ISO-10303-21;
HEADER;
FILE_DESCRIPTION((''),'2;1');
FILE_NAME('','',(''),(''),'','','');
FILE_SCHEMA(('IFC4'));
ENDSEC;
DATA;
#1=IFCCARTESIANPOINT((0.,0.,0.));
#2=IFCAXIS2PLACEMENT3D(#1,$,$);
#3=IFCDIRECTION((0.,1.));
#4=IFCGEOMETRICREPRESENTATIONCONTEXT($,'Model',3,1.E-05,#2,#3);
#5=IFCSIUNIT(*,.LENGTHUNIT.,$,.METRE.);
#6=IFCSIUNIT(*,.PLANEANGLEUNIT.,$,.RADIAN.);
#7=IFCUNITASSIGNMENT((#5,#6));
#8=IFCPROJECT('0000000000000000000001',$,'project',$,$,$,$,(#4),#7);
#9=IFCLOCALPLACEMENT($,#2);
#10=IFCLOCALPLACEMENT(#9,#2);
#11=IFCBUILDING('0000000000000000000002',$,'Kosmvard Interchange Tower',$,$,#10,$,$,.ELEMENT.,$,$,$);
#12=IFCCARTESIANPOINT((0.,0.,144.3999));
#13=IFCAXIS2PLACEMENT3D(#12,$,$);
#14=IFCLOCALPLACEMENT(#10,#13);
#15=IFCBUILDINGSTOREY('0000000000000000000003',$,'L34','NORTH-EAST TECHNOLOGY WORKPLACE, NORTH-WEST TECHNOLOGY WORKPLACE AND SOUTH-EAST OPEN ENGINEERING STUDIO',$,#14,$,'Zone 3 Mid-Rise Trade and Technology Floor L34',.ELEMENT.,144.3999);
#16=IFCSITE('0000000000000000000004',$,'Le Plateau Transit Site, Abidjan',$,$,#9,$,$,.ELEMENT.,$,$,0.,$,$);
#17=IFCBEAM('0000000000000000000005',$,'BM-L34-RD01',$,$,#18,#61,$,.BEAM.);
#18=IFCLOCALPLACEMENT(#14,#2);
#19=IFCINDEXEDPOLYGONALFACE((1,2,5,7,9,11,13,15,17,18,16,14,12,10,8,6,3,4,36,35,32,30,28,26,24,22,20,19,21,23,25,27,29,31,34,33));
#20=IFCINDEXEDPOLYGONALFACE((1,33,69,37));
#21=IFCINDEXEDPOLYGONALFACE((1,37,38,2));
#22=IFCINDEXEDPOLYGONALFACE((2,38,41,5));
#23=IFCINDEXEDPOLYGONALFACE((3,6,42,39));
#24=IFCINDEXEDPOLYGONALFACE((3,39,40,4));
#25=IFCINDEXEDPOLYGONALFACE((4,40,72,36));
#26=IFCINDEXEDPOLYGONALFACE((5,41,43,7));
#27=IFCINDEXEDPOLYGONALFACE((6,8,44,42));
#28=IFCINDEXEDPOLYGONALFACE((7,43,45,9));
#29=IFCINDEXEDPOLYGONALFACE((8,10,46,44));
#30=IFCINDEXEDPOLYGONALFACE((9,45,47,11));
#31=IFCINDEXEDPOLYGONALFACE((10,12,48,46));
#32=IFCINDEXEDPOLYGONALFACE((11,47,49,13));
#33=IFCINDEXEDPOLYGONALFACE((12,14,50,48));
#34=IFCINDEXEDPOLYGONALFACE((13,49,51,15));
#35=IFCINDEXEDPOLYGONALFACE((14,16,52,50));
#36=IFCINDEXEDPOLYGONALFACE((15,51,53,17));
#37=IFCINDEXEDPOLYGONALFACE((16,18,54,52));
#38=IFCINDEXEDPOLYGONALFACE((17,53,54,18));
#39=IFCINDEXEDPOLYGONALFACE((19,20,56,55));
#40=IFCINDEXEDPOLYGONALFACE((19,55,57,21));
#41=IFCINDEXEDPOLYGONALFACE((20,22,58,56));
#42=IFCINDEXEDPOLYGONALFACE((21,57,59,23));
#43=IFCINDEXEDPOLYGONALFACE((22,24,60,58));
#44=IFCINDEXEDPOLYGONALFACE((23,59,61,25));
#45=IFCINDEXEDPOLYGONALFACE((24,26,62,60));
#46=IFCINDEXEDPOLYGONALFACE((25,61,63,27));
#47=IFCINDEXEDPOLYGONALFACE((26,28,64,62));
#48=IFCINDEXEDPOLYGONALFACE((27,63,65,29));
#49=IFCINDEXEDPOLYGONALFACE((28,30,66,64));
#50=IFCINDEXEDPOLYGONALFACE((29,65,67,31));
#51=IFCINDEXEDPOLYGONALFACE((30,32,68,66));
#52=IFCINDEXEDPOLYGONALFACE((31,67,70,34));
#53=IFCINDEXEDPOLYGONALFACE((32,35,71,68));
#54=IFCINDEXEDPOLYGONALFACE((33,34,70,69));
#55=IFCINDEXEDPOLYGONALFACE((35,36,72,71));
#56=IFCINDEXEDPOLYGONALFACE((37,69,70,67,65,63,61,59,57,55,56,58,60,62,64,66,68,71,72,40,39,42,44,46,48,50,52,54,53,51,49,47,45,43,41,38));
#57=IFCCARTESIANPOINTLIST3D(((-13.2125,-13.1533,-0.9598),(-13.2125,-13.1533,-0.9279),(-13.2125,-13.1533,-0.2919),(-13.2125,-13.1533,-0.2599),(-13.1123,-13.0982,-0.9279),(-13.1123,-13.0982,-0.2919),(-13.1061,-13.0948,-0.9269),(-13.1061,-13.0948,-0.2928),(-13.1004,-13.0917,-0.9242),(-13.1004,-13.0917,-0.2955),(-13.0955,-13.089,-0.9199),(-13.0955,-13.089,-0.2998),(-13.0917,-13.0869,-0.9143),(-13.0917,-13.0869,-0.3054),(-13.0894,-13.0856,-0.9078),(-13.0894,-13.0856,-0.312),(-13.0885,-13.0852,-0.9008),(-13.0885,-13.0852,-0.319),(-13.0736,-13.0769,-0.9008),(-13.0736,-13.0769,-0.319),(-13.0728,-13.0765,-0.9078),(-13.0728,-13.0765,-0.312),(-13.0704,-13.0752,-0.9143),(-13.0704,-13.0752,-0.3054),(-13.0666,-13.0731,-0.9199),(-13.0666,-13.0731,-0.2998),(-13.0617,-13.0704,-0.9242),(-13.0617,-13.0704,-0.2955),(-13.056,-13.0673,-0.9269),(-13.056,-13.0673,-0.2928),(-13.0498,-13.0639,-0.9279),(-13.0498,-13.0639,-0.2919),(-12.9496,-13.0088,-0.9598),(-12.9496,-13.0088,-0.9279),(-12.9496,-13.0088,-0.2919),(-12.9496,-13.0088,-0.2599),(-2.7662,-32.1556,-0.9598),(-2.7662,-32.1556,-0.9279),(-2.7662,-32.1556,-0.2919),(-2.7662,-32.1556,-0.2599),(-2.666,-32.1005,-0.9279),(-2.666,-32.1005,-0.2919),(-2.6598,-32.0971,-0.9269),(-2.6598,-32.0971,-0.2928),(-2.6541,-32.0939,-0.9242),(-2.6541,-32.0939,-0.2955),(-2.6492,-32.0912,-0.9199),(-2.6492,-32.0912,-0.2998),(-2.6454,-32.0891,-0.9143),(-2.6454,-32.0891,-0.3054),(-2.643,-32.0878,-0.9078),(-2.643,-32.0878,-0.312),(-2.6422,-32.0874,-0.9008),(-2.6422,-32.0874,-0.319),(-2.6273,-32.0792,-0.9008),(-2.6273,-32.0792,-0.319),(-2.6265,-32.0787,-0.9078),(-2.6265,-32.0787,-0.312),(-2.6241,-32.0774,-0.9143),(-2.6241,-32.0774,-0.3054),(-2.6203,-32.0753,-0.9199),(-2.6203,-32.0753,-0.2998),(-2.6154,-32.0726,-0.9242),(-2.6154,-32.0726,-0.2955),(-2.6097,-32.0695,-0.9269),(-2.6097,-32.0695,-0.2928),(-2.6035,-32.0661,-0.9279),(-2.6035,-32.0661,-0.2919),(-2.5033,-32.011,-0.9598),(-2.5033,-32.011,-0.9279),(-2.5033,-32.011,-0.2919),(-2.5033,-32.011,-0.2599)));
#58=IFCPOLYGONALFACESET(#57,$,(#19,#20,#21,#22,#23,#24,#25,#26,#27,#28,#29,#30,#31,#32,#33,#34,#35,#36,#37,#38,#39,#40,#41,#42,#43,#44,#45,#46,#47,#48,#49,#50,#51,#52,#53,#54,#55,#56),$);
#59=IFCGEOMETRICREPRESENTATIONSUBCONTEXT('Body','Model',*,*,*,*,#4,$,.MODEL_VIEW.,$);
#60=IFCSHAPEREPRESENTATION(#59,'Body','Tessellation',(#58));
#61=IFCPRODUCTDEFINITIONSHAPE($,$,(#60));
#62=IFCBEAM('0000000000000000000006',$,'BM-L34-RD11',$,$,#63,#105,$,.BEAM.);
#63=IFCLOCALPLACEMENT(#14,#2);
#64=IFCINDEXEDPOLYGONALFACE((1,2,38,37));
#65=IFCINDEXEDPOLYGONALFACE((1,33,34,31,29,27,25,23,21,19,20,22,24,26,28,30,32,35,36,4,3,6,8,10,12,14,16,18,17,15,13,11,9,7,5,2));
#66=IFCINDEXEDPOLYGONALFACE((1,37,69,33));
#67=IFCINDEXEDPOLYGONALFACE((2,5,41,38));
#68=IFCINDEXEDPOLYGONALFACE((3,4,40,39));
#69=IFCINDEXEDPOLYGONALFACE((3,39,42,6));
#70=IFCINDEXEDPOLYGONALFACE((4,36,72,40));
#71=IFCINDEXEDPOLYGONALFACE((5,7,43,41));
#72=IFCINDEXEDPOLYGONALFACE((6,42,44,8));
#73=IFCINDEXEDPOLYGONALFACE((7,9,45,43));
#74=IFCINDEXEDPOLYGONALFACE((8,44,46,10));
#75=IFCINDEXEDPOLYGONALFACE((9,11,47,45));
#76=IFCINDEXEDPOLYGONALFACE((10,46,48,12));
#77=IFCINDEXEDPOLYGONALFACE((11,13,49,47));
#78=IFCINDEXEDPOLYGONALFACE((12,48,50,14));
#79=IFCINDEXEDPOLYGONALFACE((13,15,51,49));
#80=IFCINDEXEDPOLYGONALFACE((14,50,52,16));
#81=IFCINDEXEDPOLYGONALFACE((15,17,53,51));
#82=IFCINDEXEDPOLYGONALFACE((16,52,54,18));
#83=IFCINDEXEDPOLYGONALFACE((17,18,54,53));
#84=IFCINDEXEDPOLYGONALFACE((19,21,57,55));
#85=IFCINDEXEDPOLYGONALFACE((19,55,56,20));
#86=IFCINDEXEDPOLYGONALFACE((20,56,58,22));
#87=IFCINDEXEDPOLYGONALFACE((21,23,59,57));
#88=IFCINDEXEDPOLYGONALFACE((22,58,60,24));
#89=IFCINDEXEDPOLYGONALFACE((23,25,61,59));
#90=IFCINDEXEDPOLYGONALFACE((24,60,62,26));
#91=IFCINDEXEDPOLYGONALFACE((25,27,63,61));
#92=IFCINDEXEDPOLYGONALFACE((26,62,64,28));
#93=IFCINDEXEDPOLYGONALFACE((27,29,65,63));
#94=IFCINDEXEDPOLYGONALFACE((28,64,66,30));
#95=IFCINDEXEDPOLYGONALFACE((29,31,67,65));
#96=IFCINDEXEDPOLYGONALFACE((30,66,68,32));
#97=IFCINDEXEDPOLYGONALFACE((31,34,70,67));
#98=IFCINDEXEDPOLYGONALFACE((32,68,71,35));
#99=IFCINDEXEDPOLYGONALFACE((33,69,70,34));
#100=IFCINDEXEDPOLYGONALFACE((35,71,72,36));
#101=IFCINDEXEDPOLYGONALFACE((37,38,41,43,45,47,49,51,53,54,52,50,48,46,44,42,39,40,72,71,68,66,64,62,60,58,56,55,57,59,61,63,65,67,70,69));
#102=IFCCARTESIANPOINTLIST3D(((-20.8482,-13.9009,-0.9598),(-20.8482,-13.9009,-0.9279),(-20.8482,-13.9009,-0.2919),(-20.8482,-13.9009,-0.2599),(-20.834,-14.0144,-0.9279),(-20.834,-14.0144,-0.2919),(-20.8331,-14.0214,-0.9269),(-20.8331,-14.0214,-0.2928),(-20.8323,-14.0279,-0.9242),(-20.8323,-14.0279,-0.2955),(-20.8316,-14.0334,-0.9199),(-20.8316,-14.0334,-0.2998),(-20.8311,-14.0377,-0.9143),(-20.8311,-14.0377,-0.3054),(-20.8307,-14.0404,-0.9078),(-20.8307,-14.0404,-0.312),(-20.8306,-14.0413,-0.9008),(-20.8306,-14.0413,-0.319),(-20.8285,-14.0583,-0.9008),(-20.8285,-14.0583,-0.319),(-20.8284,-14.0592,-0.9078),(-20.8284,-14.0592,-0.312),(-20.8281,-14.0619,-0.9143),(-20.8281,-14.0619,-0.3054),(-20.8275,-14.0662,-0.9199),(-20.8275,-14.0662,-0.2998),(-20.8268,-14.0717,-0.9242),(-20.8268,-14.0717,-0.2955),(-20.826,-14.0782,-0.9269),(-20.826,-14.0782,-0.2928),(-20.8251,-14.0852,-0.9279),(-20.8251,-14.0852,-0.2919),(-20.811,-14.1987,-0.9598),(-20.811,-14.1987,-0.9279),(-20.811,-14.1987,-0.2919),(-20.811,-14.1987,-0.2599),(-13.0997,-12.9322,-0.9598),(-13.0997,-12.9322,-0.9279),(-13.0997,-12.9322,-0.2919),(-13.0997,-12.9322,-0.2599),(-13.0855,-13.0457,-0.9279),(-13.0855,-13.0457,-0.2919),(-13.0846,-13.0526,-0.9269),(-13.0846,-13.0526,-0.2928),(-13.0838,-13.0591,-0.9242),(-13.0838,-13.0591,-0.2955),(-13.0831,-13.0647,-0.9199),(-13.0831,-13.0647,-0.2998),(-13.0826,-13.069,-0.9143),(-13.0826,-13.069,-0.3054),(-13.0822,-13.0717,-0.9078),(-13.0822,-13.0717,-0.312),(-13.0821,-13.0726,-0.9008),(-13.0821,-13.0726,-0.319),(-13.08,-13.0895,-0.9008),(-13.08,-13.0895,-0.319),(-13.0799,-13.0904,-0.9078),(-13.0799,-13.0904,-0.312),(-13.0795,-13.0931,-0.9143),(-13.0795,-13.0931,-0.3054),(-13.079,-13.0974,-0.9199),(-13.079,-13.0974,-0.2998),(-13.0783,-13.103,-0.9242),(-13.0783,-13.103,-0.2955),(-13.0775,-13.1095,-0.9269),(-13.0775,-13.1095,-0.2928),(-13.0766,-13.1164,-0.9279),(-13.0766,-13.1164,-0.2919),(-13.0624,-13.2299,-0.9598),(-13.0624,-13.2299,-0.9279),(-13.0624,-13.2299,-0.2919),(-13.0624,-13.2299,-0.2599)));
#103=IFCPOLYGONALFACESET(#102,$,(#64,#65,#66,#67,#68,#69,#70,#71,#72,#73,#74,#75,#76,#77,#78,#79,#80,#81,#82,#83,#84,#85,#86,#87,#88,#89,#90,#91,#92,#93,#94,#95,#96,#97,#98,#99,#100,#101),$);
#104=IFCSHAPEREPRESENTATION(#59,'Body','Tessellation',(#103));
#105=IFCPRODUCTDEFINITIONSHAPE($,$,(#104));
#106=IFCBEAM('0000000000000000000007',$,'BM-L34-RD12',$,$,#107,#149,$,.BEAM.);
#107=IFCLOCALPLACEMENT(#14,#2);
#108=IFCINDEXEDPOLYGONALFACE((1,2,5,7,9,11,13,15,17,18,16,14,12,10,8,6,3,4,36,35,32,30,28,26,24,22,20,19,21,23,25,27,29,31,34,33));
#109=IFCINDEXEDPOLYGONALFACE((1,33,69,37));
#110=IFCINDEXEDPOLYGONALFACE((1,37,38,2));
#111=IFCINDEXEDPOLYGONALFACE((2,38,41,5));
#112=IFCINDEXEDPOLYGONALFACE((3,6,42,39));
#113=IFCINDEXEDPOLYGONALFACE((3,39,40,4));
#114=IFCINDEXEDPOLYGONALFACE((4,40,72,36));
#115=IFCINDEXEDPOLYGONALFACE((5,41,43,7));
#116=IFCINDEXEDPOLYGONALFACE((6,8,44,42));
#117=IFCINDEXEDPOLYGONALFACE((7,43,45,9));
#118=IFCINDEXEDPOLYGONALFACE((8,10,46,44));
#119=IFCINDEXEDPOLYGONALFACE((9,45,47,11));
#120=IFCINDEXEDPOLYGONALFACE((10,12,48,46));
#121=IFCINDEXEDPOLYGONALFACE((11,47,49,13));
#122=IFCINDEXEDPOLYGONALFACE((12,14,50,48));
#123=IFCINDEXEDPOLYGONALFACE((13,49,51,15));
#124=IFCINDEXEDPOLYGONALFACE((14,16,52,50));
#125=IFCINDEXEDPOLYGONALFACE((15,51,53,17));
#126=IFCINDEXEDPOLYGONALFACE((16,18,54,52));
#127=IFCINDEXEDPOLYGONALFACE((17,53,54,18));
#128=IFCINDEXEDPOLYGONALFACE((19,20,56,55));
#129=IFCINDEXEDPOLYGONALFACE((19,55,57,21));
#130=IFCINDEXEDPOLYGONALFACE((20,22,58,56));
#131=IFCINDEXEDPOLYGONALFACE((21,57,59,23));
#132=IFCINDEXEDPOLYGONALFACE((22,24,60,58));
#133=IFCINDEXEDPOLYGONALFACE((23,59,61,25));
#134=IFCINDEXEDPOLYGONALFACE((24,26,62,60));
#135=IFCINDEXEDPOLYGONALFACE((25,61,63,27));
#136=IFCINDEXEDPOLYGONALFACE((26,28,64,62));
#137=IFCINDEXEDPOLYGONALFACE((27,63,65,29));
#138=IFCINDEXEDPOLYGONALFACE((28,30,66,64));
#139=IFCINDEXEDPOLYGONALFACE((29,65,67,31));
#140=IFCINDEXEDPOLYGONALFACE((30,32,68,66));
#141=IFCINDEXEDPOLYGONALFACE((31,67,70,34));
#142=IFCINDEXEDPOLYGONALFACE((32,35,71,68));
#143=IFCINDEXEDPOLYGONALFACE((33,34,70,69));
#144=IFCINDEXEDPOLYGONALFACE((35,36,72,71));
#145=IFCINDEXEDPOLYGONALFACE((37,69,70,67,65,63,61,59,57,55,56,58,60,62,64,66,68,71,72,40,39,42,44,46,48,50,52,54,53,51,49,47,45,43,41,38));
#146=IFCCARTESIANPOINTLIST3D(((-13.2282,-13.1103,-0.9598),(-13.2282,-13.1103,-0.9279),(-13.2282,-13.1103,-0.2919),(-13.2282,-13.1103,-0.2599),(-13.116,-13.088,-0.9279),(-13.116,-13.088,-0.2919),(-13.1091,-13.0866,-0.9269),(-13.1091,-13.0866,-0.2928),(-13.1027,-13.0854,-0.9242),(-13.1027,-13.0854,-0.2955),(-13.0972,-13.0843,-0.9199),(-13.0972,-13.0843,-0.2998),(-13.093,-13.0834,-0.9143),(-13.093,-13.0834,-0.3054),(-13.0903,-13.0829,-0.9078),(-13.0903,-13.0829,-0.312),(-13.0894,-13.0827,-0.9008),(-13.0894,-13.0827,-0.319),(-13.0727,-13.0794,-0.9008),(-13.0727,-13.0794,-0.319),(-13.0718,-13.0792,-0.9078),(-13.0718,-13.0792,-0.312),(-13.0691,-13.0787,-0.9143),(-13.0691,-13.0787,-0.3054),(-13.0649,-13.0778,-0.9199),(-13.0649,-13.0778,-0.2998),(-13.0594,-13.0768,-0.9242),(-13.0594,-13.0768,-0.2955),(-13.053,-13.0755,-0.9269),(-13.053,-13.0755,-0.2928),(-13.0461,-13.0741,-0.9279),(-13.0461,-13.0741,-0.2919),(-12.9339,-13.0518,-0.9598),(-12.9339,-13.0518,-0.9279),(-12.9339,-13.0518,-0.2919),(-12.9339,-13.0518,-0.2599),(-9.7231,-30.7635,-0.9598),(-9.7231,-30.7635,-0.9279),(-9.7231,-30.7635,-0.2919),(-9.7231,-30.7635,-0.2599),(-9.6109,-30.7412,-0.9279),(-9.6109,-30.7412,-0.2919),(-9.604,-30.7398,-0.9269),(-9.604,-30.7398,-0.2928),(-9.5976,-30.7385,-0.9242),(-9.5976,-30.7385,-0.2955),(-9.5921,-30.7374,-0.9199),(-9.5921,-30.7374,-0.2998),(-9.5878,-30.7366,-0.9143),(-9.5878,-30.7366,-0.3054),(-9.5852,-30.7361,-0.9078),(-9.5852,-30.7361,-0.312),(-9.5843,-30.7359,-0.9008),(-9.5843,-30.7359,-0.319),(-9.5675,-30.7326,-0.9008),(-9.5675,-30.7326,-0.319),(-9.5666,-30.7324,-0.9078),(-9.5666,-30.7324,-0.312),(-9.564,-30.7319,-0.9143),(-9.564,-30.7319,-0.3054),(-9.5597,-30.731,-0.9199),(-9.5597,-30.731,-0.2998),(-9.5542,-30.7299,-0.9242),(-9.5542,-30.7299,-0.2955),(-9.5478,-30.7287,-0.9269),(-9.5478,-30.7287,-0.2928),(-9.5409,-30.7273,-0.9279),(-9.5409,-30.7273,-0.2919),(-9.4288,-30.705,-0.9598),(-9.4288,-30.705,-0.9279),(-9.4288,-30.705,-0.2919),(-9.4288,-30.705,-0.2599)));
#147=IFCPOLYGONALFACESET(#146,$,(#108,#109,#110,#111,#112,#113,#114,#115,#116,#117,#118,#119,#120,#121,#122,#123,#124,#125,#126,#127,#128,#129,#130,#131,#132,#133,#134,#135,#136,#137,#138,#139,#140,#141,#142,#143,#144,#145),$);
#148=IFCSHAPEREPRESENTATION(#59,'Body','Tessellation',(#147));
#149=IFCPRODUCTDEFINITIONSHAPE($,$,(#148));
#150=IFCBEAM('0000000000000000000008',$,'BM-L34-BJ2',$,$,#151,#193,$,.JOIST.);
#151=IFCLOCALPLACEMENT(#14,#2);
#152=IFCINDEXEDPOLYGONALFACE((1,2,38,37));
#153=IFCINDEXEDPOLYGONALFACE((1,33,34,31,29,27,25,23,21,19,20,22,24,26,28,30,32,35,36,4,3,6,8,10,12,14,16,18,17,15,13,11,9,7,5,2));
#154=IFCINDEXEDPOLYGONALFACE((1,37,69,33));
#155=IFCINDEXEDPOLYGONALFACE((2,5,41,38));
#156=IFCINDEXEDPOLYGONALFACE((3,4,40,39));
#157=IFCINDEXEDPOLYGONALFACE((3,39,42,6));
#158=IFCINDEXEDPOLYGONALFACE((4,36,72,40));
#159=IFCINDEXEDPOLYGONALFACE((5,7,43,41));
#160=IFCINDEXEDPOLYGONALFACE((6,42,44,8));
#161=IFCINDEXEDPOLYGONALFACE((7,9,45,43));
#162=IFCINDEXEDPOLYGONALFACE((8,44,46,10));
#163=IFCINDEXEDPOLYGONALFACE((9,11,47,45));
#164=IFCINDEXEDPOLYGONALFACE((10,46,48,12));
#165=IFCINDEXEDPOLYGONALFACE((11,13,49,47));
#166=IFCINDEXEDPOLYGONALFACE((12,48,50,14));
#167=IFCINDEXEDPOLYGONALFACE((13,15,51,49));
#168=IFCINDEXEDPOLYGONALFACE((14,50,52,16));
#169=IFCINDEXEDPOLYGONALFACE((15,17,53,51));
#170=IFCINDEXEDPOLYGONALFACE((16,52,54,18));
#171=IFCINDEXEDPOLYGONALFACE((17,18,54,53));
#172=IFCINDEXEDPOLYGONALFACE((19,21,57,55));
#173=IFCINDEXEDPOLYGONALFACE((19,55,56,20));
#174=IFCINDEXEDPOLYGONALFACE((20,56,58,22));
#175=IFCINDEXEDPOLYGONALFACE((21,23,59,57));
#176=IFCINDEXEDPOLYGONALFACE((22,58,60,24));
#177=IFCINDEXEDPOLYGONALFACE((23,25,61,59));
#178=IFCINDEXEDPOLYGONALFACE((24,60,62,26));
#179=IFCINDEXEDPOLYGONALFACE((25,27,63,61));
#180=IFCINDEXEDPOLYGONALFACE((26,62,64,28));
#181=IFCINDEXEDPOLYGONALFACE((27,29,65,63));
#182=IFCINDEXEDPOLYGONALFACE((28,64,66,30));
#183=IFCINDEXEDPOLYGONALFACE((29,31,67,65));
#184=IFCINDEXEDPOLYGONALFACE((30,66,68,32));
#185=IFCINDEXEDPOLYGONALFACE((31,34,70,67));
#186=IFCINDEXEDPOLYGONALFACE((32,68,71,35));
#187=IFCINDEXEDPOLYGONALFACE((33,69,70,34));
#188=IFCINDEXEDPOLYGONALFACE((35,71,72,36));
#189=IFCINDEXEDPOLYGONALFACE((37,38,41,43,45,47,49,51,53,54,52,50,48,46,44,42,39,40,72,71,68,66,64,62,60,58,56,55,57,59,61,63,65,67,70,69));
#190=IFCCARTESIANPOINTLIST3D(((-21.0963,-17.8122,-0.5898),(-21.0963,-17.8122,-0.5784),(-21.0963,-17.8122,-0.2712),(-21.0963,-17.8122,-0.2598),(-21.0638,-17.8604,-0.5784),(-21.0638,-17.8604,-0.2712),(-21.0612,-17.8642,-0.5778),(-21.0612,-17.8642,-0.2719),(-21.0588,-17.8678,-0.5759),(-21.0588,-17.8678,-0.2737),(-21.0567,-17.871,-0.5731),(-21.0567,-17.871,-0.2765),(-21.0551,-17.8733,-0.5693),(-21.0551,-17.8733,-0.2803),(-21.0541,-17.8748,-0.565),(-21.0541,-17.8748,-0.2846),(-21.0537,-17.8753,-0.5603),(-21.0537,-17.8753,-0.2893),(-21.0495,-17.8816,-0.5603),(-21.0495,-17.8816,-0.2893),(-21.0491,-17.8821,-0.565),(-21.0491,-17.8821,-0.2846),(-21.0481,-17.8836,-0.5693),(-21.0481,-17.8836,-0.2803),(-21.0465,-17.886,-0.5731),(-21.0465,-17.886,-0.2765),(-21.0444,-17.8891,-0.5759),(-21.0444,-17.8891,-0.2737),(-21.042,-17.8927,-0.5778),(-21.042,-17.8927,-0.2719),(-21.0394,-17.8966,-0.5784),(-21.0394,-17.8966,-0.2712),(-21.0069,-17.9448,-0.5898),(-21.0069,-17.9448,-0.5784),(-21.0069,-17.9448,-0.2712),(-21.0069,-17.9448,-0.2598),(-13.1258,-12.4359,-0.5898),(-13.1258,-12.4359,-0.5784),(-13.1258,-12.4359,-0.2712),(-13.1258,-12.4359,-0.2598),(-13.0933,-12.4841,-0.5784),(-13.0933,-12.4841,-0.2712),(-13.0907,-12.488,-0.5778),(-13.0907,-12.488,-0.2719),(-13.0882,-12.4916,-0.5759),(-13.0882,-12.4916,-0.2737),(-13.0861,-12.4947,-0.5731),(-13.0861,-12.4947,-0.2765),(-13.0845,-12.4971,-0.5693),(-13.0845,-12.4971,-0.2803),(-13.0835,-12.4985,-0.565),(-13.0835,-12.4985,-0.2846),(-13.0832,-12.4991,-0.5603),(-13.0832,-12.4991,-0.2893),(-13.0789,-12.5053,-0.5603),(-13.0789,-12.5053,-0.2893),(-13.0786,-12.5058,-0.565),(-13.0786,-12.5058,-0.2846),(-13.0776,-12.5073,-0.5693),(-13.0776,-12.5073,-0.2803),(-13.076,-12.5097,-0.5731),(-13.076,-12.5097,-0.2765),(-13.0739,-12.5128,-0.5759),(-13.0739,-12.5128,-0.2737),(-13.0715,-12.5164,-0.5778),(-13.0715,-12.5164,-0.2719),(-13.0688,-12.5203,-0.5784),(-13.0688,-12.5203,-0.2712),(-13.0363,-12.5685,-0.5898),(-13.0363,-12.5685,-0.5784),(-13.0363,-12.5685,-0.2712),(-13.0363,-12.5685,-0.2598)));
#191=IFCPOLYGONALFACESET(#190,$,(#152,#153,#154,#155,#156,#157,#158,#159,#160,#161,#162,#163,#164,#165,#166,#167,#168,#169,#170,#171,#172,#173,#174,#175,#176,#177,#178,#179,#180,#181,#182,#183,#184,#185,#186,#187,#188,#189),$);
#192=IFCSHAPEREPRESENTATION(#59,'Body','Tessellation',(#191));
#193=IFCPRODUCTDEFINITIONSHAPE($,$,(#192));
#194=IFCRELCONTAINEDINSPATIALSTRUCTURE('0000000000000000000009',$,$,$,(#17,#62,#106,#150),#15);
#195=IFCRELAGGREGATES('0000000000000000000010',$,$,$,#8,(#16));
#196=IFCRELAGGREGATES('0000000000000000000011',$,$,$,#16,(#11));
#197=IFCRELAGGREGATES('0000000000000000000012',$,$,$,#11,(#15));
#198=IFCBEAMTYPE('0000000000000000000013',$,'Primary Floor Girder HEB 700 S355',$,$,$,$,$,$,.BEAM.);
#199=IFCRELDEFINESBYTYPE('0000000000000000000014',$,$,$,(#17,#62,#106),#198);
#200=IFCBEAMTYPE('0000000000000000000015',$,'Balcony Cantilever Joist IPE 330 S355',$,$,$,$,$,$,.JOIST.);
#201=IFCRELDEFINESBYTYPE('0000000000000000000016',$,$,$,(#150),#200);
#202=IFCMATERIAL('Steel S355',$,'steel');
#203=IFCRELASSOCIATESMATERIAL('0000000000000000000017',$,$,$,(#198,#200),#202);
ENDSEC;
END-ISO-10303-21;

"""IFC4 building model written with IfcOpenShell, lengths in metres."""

from ifc_helpers import new_model, si_unit, direction, frame, origin, origin_2d, place, context, subcontext, project, spatial, i_section, extrude, source, transform, mapped, material, material_profile, profile_set, type_object, element, save


model = new_model("IFC4")

# Units and contexts
model_context = context("Model", 3, precision=1e-05, world=origin(), true_north=direction((0.0, 1.0)))
body_context = subcontext(model_context, "Body", "Model", "MODEL_VIEW")
ifc_project = project(units=[si_unit("LENGTHUNIT", "METRE"), si_unit("PLANEANGLEUNIT", "RADIAN")], contexts=[model_context])

# Site, building, storey
site_placement = place(None, origin())
site = spatial("IfcSite", under=ifc_project, at=site_placement, Name="Le Plateau Transit Site, Abidjan", CompositionType="ELEMENT", RefElevation=0.0)
building_placement = place(site_placement, origin())
building = spatial("IfcBuilding", under=site, at=building_placement, Name="Kosmvard Interchange Tower", CompositionType="ELEMENT")
storey_placement = place(building_placement, frame((0.0, 0.0, 144.3999)))
storey = spatial("IfcBuildingStorey", under=building, at=storey_placement, Name="L34", Description="NORTH-EAST TECHNOLOGY WORKPLACE, NORTH-WEST TECHNOLOGY WORKPLACE AND SOUTH-EAST OPEN ENGINEERING STUDIO", LongName="Zone 3 Mid-Rise Trade and Technology Floor L34", CompositionType="ELEMENT", Elevation=144.3999)

# Beams
ifc_material_1 = material(Name="Steel S355", Category="steel")
ifc_material_profile_1 = material_profile(ifc_material_1, i_section(OverallWidth=0.3, OverallDepth=0.7, WebThickness=0.0171, FlangeThickness=0.032, FilletRadius=0.0271, at=origin_2d()), Name="HEB 700")
ifc_profile_set_1 = profile_set([ifc_material_profile_1], Name="Steel S355")
beam_type_1 = type_object("IfcBeamType", Name="Primary Floor Girder HEB 700 S355", PredefinedType="BEAM", material=ifc_profile_set_1)
shared_shape_1 = source(origin(), body_context, "Body", "SweptSolid", [
    extrude(i_section(OverallWidth=0.3, OverallDepth=0.7, WebThickness=0.0171, FlangeThickness=0.032, FilletRadius=0.0271, at=origin_2d()), origin(), (0.0, 0.0, 1.0), 21.6843),
])
beam_1_placement = place(storey_placement, frame((-13.0811, -13.0811, -0.6099), z_axis=(0.481745, -0.876312, 0.0), x_axis=(0.876312, 0.481745, 0.0)))
element("IfcBeam", 1, at=beam_1_placement, inside=storey, type_object=beam_type_1, Name="BM-L34-RD01", PredefinedType="BEAM", context=body_context, shape_type="MappedRepresentation", body=[
    mapped(shared_shape_1, transform((0.0, 0.0, 0.0), scale=1.0)),
])
shared_shape_2 = source(origin(), body_context, "Body", "SweptSolid", [
    extrude(i_section(OverallWidth=0.3, OverallDepth=0.7, WebThickness=0.0171, FlangeThickness=0.032, FilletRadius=0.0271, at=origin_2d()), origin(), (0.0, 0.0, 1.0), 7.8088),
])
beam_2_placement = place(storey_placement, frame((-13.0811, -13.0811, -0.6099), z_axis=(-0.992275, -0.124058, 0.0), x_axis=(0.124058, -0.992275, 0.0)))
element("IfcBeam", 2, at=beam_2_placement, inside=storey, type_object=beam_type_1, Name="BM-L34-RD11", PredefinedType="BEAM", context=body_context, shape_type="MappedRepresentation", body=[
    mapped(shared_shape_2, transform((0.0, 0.0, 0.0), scale=1.0)),
])
shared_shape_3 = source(origin(), body_context, "Body", "SweptSolid", [
    extrude(i_section(OverallWidth=0.3, OverallDepth=0.7, WebThickness=0.0171, FlangeThickness=0.032, FilletRadius=0.0271, at=origin_2d()), origin(), (0.0, 0.0, 1.0), 17.9978),
])
beam_3_placement = place(storey_placement, frame((-13.0811, -13.0811, -0.6099), z_axis=(0.194754, -0.980852, 0.0), x_axis=(0.980852, 0.194754, 0.0)))
element("IfcBeam", 3, at=beam_3_placement, inside=storey, type_object=beam_type_1, Name="BM-L34-RD12", PredefinedType="BEAM", context=body_context, shape_type="MappedRepresentation", body=[
    mapped(shared_shape_3, transform((0.0, 0.0, 0.0), scale=1.0)),
])
ifc_material_profile_2 = material_profile(ifc_material_1, i_section(OverallWidth=0.1599, OverallDepth=0.3301, WebThickness=0.0076, FlangeThickness=0.0115, FilletRadius=0.0181, at=origin_2d()), Name="IPE 330")
ifc_profile_set_2 = profile_set([ifc_material_profile_2], Name="Steel S355")
beam_type_2 = type_object("IfcBeamType", Name="Balcony Cantilever Joist IPE 330 S355", PredefinedType="JOIST", material=ifc_profile_set_2)
shared_shape_4 = source(origin(), body_context, "Body", "SweptSolid", [
    extrude(i_section(OverallWidth=0.1599, OverallDepth=0.3301, WebThickness=0.0076, FlangeThickness=0.0115, FilletRadius=0.0181, at=origin_2d()), origin(), (0.0, 0.0, 1.0), 9.6143),
])
beam_4_placement = place(storey_placement, frame((-13.0811, -12.5022, -0.4248), z_axis=(-0.829034, -0.559198, 0.0), x_axis=(0.559198, -0.829034, 0.0)))
element("IfcBeam", 4, at=beam_4_placement, inside=storey, type_object=beam_type_2, Name="BM-L34-BJ2", PredefinedType="JOIST", context=body_context, shape_type="MappedRepresentation", body=[
    mapped(shared_shape_4, transform((0.0, 0.0, 0.0), scale=1.0)),
])

save(model, "model.ifc")
